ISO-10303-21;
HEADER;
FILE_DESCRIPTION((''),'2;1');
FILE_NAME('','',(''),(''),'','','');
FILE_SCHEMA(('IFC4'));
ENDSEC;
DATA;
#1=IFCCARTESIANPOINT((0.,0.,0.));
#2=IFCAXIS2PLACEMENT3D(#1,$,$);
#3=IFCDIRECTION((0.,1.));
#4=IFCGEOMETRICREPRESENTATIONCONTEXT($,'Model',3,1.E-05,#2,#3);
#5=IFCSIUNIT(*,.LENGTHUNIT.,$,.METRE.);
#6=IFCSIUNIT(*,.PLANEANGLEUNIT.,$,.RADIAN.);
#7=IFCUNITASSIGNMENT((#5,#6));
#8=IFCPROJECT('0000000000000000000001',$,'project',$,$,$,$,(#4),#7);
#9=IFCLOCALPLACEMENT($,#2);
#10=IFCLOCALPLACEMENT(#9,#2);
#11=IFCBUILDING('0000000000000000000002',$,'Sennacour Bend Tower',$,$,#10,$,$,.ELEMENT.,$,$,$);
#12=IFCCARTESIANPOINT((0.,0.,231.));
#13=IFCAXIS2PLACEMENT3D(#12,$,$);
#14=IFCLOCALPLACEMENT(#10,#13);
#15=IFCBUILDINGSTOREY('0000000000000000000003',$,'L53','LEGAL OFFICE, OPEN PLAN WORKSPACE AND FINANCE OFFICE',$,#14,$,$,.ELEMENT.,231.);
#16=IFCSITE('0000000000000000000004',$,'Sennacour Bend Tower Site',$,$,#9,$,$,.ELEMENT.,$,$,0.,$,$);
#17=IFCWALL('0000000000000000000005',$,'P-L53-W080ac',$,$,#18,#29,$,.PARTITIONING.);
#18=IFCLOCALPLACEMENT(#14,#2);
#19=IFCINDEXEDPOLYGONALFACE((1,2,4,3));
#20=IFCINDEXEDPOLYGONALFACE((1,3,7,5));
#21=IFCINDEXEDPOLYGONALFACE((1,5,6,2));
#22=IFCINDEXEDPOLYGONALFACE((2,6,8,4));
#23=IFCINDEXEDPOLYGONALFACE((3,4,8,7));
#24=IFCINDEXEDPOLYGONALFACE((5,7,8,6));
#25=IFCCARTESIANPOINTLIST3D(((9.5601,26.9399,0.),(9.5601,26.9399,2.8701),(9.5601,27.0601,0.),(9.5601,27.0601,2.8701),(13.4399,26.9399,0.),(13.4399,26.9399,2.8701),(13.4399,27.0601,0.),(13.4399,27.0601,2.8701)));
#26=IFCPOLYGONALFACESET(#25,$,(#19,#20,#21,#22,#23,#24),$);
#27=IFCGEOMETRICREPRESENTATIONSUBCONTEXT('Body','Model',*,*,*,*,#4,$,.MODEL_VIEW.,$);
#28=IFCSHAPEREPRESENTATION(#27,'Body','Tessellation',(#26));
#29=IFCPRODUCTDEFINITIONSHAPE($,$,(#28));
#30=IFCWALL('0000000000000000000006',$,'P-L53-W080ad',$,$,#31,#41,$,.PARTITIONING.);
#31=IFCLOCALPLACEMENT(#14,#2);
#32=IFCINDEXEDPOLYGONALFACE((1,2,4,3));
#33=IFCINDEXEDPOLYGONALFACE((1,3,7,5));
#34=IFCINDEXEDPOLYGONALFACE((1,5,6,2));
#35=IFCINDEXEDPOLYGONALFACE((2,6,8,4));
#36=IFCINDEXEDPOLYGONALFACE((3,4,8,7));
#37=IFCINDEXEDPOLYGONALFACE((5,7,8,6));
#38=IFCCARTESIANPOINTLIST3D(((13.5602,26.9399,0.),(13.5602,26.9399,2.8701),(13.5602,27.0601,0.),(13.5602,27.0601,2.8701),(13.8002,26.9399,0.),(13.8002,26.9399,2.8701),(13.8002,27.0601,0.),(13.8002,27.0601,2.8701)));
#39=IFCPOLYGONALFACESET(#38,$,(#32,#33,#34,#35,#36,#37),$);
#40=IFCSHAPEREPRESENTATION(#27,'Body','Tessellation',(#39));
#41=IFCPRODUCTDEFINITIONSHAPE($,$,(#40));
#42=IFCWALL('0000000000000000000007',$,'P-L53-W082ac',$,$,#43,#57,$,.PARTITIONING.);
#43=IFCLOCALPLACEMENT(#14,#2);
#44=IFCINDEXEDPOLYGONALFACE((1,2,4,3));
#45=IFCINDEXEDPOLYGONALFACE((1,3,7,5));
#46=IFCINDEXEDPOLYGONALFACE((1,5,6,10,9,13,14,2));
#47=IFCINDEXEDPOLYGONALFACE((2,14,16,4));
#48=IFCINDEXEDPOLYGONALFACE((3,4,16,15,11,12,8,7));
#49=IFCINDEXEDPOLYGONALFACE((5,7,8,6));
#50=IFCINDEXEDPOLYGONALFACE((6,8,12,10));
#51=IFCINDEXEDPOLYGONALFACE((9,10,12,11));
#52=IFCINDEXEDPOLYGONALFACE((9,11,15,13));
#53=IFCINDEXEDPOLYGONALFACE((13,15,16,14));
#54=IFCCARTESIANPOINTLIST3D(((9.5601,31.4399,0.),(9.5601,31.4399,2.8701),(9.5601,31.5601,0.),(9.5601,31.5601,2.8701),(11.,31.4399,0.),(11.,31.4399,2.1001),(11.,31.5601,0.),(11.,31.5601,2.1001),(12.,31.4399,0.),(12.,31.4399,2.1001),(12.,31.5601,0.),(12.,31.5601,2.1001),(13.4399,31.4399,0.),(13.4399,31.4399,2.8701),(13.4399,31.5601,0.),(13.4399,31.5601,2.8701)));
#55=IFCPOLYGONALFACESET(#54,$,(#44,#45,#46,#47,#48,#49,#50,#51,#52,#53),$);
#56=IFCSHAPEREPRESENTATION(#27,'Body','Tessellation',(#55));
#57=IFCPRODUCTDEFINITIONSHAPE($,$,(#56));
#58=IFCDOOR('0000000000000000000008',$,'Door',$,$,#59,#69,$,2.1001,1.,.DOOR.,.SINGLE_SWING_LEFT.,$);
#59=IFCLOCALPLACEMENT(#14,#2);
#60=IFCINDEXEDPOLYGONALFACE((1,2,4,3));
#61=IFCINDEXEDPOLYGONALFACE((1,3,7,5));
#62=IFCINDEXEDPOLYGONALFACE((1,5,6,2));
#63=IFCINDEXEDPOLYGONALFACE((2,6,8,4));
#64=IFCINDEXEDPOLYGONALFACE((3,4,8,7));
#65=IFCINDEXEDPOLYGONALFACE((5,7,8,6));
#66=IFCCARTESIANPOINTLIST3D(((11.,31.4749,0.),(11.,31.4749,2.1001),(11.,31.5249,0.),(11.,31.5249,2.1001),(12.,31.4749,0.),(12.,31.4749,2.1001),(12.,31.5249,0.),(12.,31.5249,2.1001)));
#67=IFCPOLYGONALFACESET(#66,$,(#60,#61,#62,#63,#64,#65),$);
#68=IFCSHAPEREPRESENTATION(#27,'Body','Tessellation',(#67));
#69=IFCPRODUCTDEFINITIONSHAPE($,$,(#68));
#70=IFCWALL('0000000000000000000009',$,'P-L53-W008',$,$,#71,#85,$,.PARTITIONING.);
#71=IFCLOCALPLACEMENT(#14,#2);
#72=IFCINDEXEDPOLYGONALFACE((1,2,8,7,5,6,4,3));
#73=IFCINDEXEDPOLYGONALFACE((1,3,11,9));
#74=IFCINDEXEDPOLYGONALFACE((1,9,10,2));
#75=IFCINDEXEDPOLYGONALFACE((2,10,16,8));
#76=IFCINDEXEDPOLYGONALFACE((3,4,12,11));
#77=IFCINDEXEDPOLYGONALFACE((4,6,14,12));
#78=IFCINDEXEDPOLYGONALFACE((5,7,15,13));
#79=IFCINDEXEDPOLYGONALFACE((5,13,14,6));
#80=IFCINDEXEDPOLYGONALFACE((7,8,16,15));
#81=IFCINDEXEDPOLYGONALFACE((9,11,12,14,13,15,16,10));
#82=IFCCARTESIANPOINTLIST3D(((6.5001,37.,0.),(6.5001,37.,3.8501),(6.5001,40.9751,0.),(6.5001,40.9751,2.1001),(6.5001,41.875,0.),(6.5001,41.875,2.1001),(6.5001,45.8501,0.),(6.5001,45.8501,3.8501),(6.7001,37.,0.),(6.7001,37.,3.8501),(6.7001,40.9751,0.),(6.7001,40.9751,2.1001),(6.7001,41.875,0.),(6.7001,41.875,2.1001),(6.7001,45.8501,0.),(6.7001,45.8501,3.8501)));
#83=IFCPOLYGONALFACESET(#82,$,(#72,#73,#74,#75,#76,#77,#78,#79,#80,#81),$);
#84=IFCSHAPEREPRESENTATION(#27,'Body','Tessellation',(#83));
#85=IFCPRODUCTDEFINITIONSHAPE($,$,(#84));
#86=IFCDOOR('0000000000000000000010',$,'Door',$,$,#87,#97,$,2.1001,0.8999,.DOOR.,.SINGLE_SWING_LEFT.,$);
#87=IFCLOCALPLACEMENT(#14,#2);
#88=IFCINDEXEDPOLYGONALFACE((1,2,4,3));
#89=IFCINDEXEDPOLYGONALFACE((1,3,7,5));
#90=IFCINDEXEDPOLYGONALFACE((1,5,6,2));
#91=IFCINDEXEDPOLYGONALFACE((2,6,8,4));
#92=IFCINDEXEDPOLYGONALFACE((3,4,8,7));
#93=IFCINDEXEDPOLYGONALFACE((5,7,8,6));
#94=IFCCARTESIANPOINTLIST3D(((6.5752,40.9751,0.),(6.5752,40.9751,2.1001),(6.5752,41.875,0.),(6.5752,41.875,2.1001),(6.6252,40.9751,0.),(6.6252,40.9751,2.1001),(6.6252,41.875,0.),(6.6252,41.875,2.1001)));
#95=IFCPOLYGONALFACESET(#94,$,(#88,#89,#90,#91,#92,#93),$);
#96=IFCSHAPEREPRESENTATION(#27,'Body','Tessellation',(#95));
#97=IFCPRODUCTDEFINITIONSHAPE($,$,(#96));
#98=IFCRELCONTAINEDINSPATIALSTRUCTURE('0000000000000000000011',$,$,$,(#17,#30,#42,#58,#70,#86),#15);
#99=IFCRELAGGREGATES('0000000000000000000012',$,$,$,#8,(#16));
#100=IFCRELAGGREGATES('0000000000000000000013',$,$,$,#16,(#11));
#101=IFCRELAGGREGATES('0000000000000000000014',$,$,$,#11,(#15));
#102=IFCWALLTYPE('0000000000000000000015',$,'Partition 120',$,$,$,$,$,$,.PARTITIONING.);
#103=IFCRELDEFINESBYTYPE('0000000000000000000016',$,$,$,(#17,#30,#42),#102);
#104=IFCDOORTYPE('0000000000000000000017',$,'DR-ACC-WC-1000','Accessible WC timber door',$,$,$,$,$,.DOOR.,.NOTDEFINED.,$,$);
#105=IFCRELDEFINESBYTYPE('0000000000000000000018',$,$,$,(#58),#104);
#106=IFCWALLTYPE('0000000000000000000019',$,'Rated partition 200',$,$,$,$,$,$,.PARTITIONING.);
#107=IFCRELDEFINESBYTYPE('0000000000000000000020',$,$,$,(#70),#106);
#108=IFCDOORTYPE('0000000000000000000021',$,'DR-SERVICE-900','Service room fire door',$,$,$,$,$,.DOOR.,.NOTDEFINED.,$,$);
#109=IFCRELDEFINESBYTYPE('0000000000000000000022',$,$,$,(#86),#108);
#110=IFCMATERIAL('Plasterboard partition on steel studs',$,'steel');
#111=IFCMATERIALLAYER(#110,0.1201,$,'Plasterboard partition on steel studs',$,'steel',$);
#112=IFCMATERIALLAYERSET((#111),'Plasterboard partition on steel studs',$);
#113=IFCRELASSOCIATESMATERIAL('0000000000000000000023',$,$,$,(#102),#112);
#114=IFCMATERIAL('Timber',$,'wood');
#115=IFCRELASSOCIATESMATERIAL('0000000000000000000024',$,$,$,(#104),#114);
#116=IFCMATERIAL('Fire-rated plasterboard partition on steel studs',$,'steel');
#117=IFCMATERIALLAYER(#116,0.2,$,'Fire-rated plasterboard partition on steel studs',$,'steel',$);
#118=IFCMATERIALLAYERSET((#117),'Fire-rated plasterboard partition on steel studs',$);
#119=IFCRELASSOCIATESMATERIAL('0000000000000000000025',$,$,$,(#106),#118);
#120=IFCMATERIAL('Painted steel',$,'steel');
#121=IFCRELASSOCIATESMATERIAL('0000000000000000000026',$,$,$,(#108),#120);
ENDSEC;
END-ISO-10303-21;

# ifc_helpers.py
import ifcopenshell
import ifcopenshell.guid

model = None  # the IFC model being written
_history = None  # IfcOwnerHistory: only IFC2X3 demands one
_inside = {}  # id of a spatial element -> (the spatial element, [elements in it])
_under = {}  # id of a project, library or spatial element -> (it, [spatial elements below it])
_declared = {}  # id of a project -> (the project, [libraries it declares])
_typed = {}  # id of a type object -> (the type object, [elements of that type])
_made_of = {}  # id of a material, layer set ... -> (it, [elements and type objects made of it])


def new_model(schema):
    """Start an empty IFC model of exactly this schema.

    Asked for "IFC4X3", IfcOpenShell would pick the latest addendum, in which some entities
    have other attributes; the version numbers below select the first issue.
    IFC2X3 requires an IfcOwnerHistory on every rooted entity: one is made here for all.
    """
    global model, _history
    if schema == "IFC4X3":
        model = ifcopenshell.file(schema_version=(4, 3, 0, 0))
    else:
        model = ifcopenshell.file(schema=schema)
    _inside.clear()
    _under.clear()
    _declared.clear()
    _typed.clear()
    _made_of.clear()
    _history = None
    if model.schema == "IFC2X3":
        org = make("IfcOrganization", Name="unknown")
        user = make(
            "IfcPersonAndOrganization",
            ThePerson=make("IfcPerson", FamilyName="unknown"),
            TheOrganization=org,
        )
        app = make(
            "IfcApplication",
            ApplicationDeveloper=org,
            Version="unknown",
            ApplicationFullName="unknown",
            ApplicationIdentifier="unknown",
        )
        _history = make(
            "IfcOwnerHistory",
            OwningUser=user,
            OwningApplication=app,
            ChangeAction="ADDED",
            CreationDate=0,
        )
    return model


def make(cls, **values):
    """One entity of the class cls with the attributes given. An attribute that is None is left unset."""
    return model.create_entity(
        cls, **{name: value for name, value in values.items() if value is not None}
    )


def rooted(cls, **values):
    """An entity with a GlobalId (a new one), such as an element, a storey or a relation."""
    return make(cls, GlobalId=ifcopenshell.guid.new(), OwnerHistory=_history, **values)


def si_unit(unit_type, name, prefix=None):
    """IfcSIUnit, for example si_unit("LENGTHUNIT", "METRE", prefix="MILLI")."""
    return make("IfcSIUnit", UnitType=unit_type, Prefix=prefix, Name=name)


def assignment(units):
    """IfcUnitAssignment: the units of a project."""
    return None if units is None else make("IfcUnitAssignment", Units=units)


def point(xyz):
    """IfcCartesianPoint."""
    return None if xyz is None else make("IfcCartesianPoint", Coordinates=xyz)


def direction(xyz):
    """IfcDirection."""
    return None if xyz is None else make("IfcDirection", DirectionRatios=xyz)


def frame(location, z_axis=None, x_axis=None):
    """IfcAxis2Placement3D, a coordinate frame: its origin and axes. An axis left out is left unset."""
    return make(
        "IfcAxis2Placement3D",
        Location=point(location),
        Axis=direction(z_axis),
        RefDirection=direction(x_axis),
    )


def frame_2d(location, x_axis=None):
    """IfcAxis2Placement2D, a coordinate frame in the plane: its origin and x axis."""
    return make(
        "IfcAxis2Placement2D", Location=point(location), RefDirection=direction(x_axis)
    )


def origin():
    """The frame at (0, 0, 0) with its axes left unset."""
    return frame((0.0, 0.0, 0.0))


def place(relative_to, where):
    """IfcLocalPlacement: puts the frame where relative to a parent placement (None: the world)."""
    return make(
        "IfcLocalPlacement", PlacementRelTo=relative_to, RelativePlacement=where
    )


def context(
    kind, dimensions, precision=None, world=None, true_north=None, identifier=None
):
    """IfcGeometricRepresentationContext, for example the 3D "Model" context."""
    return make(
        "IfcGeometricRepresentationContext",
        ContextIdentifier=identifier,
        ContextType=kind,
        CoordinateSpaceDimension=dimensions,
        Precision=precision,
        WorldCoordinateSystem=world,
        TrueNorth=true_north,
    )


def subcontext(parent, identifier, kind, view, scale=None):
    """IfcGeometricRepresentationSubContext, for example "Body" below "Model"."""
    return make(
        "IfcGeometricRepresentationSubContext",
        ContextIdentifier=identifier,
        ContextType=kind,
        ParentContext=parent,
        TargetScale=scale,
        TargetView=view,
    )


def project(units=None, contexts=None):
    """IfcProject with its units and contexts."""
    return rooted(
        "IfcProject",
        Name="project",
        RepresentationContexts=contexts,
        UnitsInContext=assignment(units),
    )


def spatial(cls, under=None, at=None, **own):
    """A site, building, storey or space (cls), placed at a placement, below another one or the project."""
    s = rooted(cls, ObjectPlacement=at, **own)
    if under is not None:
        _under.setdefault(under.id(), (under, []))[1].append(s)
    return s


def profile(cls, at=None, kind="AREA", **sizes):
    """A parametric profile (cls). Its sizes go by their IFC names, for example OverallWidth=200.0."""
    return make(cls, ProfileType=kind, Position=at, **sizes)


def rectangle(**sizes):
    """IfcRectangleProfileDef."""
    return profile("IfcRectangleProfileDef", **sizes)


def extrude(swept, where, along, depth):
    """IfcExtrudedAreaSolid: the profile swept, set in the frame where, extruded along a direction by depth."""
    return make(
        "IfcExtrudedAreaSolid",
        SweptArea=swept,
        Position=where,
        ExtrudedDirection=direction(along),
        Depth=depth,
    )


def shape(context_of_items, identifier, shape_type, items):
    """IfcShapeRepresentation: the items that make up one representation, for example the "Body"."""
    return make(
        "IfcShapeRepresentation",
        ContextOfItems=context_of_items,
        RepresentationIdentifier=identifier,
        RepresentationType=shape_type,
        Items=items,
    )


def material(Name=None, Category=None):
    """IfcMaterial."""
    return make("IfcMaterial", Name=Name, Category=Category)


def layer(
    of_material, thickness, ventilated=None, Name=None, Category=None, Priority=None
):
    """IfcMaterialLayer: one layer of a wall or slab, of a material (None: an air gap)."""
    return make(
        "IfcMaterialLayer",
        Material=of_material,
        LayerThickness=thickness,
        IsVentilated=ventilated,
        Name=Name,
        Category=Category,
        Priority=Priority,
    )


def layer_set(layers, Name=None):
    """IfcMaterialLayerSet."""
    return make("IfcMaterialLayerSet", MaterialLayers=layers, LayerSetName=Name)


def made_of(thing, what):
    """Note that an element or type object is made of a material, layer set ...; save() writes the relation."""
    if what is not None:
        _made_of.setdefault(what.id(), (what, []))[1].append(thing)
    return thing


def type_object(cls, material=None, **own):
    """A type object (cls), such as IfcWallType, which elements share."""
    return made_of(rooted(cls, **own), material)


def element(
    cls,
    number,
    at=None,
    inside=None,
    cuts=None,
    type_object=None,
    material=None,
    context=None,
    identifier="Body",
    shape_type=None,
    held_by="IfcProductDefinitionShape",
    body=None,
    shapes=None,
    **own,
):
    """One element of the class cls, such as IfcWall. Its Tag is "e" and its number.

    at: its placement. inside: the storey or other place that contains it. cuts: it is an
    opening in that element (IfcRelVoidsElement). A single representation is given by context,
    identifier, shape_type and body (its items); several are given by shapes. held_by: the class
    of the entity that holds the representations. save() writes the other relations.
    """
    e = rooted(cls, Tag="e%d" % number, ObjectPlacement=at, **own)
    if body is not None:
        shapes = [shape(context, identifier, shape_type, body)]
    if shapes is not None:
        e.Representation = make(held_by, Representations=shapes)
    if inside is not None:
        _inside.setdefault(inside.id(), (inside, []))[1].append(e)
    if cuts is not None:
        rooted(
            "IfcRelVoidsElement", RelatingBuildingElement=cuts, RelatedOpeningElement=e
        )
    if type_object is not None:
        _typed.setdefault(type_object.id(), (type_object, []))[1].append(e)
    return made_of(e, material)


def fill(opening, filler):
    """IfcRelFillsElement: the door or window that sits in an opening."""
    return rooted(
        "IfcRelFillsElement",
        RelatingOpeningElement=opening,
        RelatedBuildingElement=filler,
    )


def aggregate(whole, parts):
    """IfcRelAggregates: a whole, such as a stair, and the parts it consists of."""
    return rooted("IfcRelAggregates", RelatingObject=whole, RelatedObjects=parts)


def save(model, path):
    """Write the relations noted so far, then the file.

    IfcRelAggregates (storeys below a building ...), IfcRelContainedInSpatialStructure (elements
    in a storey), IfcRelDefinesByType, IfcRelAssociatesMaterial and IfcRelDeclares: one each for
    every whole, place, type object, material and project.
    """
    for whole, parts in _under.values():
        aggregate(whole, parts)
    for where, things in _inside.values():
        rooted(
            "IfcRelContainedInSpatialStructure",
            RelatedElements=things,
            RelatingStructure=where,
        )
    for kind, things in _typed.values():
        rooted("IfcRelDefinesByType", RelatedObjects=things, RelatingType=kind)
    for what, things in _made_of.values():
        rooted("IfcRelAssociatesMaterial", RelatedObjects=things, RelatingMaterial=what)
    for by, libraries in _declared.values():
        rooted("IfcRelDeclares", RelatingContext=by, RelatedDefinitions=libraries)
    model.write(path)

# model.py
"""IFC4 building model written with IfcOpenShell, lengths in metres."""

from ifc_helpers import new_model, si_unit, direction, frame, frame_2d, origin, place, context, subcontext, project, spatial, rectangle, extrude, material, layer, layer_set, type_object, element, fill, save


model = new_model("IFC4")

# Units and contexts
model_context = context("Model", 3, precision=1e-05, world=origin(), true_north=direction((0.0, 1.0)))
body_context = subcontext(model_context, "Body", "Model", "MODEL_VIEW")
ifc_project = project(units=[si_unit("LENGTHUNIT", "METRE"), si_unit("PLANEANGLEUNIT", "RADIAN")], contexts=[model_context])

# Site, building, storey
site_placement = place(None, origin())
site = spatial("IfcSite", under=ifc_project, at=site_placement, Name="Sennacour Bend Tower Site", CompositionType="ELEMENT", RefElevation=0.0)
building_placement = place(site_placement, origin())
building = spatial("IfcBuilding", under=site, at=building_placement, Name="Sennacour Bend Tower", CompositionType="ELEMENT")
storey_placement = place(building_placement, frame((0.0, 0.0, 231.0)))
storey = spatial("IfcBuildingStorey", under=building, at=storey_placement, Name="L53", Description="LEGAL OFFICE, OPEN PLAN WORKSPACE AND FINANCE OFFICE", CompositionType="ELEMENT", Elevation=231.0)

# Walls
ifc_material_1 = material(Name="Plasterboard partition on steel studs", Category="steel")
ifc_layer_1 = layer(ifc_material_1, 0.1201, Name="Plasterboard partition on steel studs", Category="steel")
ifc_layer_set_1 = layer_set([ifc_layer_1], Name="Plasterboard partition on steel studs")
wall_type_1 = type_object("IfcWallType", Name="Partition 120", PredefinedType="PARTITIONING", material=ifc_layer_set_1)
wall_1_placement = place(storey_placement, frame((9.5601, 27.0, 0.0), z_axis=(0.0, 0.0, 1.0), x_axis=(1.0, 0.0, 0.0)))
element("IfcWall", 1, at=wall_1_placement, inside=storey, type_object=wall_type_1, Name="P-L53-W080ac", PredefinedType="PARTITIONING", context=body_context, shape_type="SweptSolid", body=[
    extrude(rectangle(XDim=3.8799, YDim=0.1201, at=frame_2d((1.9399, 0.0))), origin(), (0.0, 0.0, 1.0), 2.8701),
])
wall_2_placement = place(storey_placement, frame((13.5601, 27.0, 0.0), z_axis=(0.0, 0.0, 1.0), x_axis=(1.0, 0.0, 0.0)))
element("IfcWall", 2, at=wall_2_placement, inside=storey, type_object=wall_type_1, Name="P-L53-W080ad", PredefinedType="PARTITIONING", context=body_context, shape_type="SweptSolid", body=[
    extrude(rectangle(XDim=0.24, YDim=0.1201, at=frame_2d((0.1201, 0.0))), origin(), (0.0, 0.0, 1.0), 2.8701),
])

# Walls, openings, doors
wall_3_placement = place(storey_placement, frame((9.5601, 31.5, 0.0), z_axis=(0.0, 0.0, 1.0), x_axis=(1.0, 0.0, 0.0)))
wall_3 = element("IfcWall", 3, at=wall_3_placement, inside=storey, type_object=wall_type_1, Name="P-L53-W082ac", PredefinedType="PARTITIONING", context=body_context, shape_type="SweptSolid", body=[
    extrude(rectangle(XDim=3.8799, YDim=0.1201, at=frame_2d((1.9399, 0.0))), origin(), (0.0, 0.0, 1.0), 2.8701),
])
opening_1_placement = place(wall_3_placement, frame((1.4399, 0.0, 0.0)))
opening_1 = element("IfcOpeningElement", 4, at=opening_1_placement, cuts=wall_3, PredefinedType="OPENING", context=body_context, shape_type="SweptSolid", body=[
    extrude(rectangle(XDim=1.0, YDim=2.1001, at=frame_2d((0.5, 1.05))), frame((0.0, 0.0701, 0.0), z_axis=(0.0, -1.0, 0.0), x_axis=(1.0, 0.0, 0.0)), (0.0, 0.0, 1.0), 0.1401),
])
ifc_material_2 = material(Name="Timber", Category="wood")
door_type_1 = type_object("IfcDoorType", Name="DR-ACC-WC-1000", Description="Accessible WC timber door", OperationType="NOTDEFINED", PredefinedType="DOOR", material=ifc_material_2)
door_1_placement = place(opening_1_placement, origin())
door_1 = element("IfcDoor", 5, at=door_1_placement, inside=storey, type_object=door_type_1, Name="Door", OperationType="SINGLE_SWING_LEFT", OverallHeight=2.1001, OverallWidth=1.0, PredefinedType="DOOR", context=body_context, shape_type="SweptSolid", body=[
    extrude(rectangle(XDim=1.0, YDim=2.1001, at=frame_2d((0.5, 1.05))), frame((0.0, 0.0249, 0.0), z_axis=(0.0, -1.0, 0.0), x_axis=(1.0, 0.0, 0.0)), (0.0, 0.0, 1.0), 0.05),
])
fill(opening_1, door_1)
ifc_material_3 = material(Name="Fire-rated plasterboard partition on steel studs", Category="steel")
ifc_layer_2 = layer(ifc_material_3, 0.2, Name="Fire-rated plasterboard partition on steel studs", Category="steel")
ifc_layer_set_2 = layer_set([ifc_layer_2], Name="Fire-rated plasterboard partition on steel studs")
wall_type_2 = type_object("IfcWallType", Name="Rated partition 200", PredefinedType="PARTITIONING", material=ifc_layer_set_2)
wall_4_placement = place(storey_placement, frame((6.6001, 37.0, 0.0), z_axis=(0.0, 0.0, 1.0), x_axis=(0.0, 1.0, 0.0)))
wall_4 = element("IfcWall", 6, at=wall_4_placement, inside=storey, type_object=wall_type_2, Name="P-L53-W008", PredefinedType="PARTITIONING", context=body_context, shape_type="SweptSolid", body=[
    extrude(rectangle(XDim=8.8501, YDim=0.2, at=frame_2d((4.425, 0.0))), origin(), (0.0, 0.0, 1.0), 3.8501),
])
opening_2_placement = place(wall_4_placement, frame((3.9751, 0.0, 0.0)))
opening_2 = element("IfcOpeningElement", 7, at=opening_2_placement, cuts=wall_4, PredefinedType="OPENING", context=body_context, shape_type="SweptSolid", body=[
    extrude(rectangle(XDim=0.8999, YDim=2.1001, at=frame_2d((0.45, 1.05))), frame((0.0, 0.1099, 0.0), z_axis=(0.0, -1.0, 0.0), x_axis=(1.0, 0.0, 0.0)), (0.0, 0.0, 1.0), 0.22),
])
ifc_material_4 = material(Name="Painted steel", Category="steel")
door_type_2 = type_object("IfcDoorType", Name="DR-SERVICE-900", Description="Service room fire door", OperationType="NOTDEFINED", PredefinedType="DOOR", material=ifc_material_4)
door_2_placement = place(opening_2_placement, origin())
door_2 = element("IfcDoor", 8, at=door_2_placement, inside=storey, type_object=door_type_2, Name="Door", OperationType="SINGLE_SWING_LEFT", OverallHeight=2.1001, OverallWidth=0.8999, PredefinedType="DOOR", context=body_context, shape_type="SweptSolid", body=[
    extrude(rectangle(XDim=0.8999, YDim=2.1001, at=frame_2d((0.45, 1.05))), frame((0.0, 0.0249, 0.0), z_axis=(0.0, -1.0, 0.0), x_axis=(1.0, 0.0, 0.0)), (0.0, 0.0, 1.0), 0.05),
])
fill(opening_2, door_2)

save(model, "model.ifc")
